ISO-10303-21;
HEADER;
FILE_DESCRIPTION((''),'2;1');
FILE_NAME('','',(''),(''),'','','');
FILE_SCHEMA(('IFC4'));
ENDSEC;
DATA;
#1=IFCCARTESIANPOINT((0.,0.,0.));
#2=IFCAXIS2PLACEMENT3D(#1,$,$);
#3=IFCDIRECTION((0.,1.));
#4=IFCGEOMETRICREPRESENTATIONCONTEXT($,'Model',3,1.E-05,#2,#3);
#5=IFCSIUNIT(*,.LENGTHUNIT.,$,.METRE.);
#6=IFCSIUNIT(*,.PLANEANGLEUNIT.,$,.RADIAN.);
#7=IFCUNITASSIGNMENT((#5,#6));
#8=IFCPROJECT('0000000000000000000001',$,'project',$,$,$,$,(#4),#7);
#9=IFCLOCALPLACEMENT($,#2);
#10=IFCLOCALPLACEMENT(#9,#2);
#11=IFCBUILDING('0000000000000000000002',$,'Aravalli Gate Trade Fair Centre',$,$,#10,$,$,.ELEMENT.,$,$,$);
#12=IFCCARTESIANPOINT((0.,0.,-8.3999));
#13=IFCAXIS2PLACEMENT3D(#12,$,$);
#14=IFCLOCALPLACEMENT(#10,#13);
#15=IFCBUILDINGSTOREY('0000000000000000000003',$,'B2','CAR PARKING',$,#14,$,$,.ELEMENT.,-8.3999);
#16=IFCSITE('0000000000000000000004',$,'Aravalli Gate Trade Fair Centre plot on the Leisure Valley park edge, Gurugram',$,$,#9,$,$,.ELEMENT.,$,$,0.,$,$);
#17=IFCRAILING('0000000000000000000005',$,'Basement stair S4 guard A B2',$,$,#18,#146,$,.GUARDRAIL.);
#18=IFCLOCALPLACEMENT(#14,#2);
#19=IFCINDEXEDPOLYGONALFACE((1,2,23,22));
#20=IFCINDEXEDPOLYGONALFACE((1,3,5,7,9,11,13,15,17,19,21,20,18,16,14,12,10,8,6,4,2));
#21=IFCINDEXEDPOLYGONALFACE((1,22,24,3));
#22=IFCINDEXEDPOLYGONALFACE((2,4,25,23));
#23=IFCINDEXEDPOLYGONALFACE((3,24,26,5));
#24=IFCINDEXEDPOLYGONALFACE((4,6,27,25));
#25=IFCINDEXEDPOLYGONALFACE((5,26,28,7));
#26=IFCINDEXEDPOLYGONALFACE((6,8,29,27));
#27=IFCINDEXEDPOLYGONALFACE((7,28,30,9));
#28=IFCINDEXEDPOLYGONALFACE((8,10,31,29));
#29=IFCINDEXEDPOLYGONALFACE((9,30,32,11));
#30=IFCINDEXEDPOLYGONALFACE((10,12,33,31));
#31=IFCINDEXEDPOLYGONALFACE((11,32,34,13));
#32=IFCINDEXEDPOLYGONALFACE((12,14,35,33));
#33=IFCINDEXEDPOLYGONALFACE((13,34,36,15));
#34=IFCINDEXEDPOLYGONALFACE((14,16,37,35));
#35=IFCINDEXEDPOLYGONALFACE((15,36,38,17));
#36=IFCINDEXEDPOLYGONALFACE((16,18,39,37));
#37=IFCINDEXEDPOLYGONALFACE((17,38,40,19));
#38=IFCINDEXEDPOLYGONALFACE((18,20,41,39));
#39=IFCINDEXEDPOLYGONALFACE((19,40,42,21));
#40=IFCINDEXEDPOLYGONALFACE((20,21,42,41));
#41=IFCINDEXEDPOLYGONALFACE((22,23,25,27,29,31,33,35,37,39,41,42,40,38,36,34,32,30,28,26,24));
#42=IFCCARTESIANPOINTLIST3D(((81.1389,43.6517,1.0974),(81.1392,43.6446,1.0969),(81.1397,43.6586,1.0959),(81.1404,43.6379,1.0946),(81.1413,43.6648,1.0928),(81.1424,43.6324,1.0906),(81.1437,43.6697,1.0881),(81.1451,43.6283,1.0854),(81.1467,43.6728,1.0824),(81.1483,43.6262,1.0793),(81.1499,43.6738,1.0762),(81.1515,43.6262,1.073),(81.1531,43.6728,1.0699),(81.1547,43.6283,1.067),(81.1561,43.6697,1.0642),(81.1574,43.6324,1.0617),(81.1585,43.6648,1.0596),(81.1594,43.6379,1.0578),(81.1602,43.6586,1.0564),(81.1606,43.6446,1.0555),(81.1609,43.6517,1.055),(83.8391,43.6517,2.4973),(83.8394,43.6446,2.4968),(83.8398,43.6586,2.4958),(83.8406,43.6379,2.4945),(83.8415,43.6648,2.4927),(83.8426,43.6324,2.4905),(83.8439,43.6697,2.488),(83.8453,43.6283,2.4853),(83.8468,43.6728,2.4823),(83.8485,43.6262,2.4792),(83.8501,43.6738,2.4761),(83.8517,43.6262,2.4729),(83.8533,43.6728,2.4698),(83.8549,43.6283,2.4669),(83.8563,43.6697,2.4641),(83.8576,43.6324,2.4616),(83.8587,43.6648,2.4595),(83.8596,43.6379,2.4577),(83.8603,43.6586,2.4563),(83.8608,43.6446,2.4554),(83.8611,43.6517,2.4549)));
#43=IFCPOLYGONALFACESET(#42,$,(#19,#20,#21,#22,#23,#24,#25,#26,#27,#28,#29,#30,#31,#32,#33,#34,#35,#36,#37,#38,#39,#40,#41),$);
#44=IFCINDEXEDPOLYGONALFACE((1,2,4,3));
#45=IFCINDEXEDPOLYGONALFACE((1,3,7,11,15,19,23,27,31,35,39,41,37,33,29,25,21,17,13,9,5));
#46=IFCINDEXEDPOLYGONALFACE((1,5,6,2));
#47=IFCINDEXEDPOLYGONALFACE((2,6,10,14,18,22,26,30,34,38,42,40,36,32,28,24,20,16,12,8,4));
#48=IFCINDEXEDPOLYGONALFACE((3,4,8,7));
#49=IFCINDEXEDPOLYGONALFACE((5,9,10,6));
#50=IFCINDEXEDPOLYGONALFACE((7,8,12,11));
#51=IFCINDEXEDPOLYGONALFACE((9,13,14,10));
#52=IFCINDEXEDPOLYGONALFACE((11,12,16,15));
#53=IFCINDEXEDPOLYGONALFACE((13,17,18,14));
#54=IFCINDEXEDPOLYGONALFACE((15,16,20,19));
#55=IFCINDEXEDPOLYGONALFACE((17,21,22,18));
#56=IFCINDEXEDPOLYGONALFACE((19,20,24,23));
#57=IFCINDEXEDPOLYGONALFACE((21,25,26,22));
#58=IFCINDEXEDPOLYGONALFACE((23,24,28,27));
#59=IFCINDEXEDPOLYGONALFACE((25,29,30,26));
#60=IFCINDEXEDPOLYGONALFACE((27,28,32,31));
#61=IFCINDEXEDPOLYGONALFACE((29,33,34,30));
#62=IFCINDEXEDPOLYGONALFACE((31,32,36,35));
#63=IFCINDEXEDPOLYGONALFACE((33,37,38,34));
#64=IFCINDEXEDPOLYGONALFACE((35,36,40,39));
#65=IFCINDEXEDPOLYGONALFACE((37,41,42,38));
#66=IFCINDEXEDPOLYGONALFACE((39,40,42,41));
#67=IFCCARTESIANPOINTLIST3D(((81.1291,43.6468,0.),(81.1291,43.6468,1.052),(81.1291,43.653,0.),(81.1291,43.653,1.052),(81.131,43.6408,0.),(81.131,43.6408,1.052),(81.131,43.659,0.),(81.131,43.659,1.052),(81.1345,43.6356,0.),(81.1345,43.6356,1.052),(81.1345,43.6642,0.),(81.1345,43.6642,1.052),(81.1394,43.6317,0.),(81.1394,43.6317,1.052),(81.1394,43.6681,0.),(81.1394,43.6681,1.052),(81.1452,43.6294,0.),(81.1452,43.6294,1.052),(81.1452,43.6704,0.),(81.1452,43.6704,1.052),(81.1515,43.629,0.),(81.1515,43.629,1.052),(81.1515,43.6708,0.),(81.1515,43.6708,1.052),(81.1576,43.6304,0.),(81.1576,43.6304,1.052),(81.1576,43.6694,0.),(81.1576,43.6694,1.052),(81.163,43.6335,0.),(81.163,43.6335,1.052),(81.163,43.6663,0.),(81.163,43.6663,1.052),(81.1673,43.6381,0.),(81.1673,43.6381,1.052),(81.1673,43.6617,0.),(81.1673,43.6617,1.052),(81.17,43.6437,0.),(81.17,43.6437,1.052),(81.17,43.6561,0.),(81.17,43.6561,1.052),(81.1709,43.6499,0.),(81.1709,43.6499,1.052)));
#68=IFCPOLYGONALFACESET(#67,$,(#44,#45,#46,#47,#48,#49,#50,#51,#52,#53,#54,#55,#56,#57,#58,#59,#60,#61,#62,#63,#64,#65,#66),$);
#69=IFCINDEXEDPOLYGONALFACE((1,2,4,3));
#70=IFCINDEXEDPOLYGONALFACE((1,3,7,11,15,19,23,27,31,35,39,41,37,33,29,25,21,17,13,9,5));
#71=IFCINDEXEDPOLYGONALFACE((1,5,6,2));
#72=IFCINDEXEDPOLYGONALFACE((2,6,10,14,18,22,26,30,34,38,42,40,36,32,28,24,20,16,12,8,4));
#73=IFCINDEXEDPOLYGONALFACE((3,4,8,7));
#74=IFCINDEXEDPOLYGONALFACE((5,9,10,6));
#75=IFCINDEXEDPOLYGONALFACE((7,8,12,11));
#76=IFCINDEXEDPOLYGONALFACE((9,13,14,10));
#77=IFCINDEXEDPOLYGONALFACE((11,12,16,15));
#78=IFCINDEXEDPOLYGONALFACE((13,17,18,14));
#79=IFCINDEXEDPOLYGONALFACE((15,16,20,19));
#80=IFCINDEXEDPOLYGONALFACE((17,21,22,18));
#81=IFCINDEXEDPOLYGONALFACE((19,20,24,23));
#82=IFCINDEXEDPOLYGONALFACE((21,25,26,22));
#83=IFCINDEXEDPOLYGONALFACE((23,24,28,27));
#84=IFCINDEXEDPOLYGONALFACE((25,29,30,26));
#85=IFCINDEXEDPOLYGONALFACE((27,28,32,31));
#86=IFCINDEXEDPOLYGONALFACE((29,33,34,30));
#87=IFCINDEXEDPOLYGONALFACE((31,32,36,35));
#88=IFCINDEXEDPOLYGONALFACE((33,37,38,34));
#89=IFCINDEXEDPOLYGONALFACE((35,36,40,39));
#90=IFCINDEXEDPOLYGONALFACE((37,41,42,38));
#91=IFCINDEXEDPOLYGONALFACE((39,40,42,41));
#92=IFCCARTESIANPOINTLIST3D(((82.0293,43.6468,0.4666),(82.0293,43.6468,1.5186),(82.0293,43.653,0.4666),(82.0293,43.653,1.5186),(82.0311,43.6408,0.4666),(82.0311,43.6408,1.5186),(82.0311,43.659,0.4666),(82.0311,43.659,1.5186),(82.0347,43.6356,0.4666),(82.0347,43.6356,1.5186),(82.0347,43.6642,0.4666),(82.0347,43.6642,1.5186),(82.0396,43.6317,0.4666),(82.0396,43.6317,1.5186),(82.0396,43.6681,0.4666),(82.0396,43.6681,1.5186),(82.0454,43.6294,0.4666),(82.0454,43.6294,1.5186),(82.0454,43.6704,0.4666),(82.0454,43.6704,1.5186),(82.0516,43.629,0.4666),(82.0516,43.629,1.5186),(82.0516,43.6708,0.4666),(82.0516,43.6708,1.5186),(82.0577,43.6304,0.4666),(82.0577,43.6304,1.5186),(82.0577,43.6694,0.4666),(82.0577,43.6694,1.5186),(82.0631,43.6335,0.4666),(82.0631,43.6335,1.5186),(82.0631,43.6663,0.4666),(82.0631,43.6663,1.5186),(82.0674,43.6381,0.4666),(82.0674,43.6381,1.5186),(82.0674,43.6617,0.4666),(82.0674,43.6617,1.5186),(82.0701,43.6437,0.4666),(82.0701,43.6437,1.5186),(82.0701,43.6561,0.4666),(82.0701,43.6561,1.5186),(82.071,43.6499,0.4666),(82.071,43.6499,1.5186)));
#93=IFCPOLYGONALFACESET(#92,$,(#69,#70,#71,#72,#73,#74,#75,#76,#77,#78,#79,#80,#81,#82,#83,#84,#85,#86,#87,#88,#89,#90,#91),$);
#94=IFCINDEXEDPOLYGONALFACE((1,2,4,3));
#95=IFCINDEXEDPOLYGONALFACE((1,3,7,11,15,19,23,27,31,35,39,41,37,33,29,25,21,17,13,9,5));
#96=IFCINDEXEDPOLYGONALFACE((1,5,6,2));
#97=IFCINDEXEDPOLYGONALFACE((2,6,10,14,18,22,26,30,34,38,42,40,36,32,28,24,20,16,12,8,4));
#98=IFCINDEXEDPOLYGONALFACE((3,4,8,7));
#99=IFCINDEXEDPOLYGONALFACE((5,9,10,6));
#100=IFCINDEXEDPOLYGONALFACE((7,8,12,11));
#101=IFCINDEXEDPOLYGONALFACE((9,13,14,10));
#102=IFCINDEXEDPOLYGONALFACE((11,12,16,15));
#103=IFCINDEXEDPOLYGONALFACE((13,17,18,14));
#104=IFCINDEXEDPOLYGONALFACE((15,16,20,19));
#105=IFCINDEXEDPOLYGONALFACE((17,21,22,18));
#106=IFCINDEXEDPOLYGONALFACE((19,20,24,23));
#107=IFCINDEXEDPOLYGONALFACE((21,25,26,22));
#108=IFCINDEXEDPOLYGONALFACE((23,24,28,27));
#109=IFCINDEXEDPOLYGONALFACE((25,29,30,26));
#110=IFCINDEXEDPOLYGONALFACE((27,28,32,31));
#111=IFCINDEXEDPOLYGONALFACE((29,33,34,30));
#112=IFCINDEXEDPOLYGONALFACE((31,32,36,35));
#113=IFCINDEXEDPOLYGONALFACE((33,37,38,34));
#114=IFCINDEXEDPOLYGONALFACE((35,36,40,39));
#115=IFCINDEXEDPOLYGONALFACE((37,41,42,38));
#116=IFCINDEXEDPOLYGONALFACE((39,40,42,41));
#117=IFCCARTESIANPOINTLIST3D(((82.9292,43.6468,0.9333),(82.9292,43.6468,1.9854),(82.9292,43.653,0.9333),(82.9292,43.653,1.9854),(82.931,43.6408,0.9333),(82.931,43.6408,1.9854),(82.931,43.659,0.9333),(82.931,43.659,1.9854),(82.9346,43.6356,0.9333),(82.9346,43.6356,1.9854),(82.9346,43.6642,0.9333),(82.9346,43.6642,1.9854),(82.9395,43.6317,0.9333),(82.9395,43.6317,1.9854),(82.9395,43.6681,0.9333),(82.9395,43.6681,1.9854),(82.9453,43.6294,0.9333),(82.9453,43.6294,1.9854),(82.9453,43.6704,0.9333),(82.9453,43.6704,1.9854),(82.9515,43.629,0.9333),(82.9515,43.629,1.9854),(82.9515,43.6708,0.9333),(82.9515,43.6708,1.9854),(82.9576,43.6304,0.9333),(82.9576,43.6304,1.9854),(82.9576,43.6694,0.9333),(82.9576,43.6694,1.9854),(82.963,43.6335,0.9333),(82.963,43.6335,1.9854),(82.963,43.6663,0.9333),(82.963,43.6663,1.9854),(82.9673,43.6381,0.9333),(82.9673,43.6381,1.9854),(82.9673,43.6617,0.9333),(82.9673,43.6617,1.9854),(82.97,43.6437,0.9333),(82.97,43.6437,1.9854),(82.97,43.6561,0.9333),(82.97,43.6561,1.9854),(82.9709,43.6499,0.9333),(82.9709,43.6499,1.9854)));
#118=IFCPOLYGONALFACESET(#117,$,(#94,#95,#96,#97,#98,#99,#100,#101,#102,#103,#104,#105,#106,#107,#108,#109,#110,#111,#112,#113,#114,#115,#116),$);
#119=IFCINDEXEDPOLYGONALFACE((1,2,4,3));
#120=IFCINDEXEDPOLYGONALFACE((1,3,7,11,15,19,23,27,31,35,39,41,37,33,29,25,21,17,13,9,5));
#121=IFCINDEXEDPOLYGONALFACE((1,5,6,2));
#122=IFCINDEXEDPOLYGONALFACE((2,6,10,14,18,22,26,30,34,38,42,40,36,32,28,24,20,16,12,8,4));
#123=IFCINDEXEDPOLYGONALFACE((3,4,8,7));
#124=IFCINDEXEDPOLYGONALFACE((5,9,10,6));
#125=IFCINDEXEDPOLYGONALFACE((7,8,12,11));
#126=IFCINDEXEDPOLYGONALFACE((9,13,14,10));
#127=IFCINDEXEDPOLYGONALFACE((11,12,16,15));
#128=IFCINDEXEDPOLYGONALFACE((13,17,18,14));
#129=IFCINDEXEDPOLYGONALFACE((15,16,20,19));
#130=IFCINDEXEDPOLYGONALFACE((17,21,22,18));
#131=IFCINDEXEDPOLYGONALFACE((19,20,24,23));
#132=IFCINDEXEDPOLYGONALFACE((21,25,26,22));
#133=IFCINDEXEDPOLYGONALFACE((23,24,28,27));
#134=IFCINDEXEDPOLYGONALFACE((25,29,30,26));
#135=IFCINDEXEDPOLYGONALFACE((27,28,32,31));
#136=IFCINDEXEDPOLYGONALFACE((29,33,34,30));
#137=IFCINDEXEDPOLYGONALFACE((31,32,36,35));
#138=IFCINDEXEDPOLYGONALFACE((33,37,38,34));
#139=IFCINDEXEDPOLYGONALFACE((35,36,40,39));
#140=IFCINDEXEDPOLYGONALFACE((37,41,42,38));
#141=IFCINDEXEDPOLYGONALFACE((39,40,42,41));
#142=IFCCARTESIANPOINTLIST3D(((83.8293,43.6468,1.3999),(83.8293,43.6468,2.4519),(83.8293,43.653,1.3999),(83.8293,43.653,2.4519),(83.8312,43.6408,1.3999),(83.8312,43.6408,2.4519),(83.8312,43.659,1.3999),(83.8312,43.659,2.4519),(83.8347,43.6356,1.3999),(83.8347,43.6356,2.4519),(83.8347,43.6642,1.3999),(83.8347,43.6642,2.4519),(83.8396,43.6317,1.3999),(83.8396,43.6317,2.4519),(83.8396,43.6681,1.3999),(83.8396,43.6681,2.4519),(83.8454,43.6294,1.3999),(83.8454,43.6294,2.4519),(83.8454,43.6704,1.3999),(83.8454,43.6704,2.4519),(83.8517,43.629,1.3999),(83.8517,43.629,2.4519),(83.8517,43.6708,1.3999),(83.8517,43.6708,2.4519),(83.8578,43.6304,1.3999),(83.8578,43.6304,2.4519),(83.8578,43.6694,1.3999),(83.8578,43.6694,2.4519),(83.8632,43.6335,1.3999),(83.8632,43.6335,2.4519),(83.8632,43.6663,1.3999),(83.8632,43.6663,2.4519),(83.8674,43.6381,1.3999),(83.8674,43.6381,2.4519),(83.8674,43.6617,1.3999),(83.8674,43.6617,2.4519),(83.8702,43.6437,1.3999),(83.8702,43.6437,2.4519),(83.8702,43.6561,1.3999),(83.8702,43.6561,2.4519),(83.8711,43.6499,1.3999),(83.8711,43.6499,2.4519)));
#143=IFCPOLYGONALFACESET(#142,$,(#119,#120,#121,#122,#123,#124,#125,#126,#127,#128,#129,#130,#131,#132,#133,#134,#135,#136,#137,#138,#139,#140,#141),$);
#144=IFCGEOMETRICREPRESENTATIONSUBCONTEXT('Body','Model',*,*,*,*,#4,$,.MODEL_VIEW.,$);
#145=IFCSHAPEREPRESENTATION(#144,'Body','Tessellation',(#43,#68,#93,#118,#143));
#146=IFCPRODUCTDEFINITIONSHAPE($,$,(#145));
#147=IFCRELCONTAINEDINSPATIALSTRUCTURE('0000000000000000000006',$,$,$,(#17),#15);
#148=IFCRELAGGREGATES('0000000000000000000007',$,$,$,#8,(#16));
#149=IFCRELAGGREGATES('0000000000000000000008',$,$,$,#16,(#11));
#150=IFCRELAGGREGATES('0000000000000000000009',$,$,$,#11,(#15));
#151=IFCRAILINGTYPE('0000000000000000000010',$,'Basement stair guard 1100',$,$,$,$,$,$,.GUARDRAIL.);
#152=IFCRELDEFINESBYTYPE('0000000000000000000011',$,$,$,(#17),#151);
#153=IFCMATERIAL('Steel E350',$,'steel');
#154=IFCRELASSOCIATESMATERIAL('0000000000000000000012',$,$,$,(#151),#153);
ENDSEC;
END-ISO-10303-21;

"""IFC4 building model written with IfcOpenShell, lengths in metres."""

from ifc_helpers import new_model, si_unit, direction, frame, origin, origin_2d, place, context, subcontext, project, spatial, circle, extrude, material, type_object, element, save


model = new_model("IFC4")

# Units and contexts
model_context = context("Model", 3, precision=1e-05, world=origin(), true_north=direction((0.0, 1.0)))
body_context = subcontext(model_context, "Body", "Model", "MODEL_VIEW")
ifc_project = project(units=[si_unit("LENGTHUNIT", "METRE"), si_unit("PLANEANGLEUNIT", "RADIAN")], contexts=[model_context])

# Site, building, storey
site_placement = place(None, origin())
site = spatial("IfcSite", under=ifc_project, at=site_placement, Name="Aravalli Gate Trade Fair Centre plot on the Leisure Valley park edge, Gurugram", CompositionType="ELEMENT", RefElevation=0.0)
building_placement = place(site_placement, origin())
building = spatial("IfcBuilding", under=site, at=building_placement, Name="Aravalli Gate Trade Fair Centre", CompositionType="ELEMENT")
storey_placement = place(building_placement, frame((0.0, 0.0, -8.3999)))
storey = spatial("IfcBuildingStorey", under=building, at=storey_placement, Name="B2", Description="CAR PARKING", CompositionType="ELEMENT", Elevation=-8.3999)

# Railing
ifc_material_1 = material(Name="Steel E350", Category="steel")
railing_type = type_object("IfcRailingType", Name="Basement stair guard 1100", PredefinedType="GUARDRAIL", material=ifc_material_1)
railing_1_placement = place(storey_placement, frame((81.1499, 43.6499, 0.0)))
element("IfcRailing", 1, at=railing_1_placement, inside=storey, type_object=railing_type, Name="Basement stair S4 guard A B2", PredefinedType="GUARDRAIL", context=body_context, shape_type="SweptSolid", body=[
    extrude(circle(Radius=0.0239, at=origin_2d()), frame((0.0, 0.0, 1.0762), z_axis=(0.887781, 0.0, 0.460266), x_axis=(0.0, 1.0, 0.0)), (0.0, 0.0, 1.0), 3.0415),
    extrude(circle(Radius=0.021, at=origin_2d()), origin(), (0.0, 0.0, 1.0), 1.052),
    extrude(circle(Radius=0.021, at=origin_2d()), frame((0.9001, 0.0, 0.4666)), (0.0, 0.0, 1.0), 1.052),
    extrude(circle(Radius=0.021, at=origin_2d()), frame((1.8, 0.0, 0.9333)), (0.0, 0.0, 1.0), 1.052),
    extrude(circle(Radius=0.021, at=origin_2d()), frame((2.7002, 0.0, 1.3999)), (0.0, 0.0, 1.0), 1.052),
])

save(model, "model.ifc")
